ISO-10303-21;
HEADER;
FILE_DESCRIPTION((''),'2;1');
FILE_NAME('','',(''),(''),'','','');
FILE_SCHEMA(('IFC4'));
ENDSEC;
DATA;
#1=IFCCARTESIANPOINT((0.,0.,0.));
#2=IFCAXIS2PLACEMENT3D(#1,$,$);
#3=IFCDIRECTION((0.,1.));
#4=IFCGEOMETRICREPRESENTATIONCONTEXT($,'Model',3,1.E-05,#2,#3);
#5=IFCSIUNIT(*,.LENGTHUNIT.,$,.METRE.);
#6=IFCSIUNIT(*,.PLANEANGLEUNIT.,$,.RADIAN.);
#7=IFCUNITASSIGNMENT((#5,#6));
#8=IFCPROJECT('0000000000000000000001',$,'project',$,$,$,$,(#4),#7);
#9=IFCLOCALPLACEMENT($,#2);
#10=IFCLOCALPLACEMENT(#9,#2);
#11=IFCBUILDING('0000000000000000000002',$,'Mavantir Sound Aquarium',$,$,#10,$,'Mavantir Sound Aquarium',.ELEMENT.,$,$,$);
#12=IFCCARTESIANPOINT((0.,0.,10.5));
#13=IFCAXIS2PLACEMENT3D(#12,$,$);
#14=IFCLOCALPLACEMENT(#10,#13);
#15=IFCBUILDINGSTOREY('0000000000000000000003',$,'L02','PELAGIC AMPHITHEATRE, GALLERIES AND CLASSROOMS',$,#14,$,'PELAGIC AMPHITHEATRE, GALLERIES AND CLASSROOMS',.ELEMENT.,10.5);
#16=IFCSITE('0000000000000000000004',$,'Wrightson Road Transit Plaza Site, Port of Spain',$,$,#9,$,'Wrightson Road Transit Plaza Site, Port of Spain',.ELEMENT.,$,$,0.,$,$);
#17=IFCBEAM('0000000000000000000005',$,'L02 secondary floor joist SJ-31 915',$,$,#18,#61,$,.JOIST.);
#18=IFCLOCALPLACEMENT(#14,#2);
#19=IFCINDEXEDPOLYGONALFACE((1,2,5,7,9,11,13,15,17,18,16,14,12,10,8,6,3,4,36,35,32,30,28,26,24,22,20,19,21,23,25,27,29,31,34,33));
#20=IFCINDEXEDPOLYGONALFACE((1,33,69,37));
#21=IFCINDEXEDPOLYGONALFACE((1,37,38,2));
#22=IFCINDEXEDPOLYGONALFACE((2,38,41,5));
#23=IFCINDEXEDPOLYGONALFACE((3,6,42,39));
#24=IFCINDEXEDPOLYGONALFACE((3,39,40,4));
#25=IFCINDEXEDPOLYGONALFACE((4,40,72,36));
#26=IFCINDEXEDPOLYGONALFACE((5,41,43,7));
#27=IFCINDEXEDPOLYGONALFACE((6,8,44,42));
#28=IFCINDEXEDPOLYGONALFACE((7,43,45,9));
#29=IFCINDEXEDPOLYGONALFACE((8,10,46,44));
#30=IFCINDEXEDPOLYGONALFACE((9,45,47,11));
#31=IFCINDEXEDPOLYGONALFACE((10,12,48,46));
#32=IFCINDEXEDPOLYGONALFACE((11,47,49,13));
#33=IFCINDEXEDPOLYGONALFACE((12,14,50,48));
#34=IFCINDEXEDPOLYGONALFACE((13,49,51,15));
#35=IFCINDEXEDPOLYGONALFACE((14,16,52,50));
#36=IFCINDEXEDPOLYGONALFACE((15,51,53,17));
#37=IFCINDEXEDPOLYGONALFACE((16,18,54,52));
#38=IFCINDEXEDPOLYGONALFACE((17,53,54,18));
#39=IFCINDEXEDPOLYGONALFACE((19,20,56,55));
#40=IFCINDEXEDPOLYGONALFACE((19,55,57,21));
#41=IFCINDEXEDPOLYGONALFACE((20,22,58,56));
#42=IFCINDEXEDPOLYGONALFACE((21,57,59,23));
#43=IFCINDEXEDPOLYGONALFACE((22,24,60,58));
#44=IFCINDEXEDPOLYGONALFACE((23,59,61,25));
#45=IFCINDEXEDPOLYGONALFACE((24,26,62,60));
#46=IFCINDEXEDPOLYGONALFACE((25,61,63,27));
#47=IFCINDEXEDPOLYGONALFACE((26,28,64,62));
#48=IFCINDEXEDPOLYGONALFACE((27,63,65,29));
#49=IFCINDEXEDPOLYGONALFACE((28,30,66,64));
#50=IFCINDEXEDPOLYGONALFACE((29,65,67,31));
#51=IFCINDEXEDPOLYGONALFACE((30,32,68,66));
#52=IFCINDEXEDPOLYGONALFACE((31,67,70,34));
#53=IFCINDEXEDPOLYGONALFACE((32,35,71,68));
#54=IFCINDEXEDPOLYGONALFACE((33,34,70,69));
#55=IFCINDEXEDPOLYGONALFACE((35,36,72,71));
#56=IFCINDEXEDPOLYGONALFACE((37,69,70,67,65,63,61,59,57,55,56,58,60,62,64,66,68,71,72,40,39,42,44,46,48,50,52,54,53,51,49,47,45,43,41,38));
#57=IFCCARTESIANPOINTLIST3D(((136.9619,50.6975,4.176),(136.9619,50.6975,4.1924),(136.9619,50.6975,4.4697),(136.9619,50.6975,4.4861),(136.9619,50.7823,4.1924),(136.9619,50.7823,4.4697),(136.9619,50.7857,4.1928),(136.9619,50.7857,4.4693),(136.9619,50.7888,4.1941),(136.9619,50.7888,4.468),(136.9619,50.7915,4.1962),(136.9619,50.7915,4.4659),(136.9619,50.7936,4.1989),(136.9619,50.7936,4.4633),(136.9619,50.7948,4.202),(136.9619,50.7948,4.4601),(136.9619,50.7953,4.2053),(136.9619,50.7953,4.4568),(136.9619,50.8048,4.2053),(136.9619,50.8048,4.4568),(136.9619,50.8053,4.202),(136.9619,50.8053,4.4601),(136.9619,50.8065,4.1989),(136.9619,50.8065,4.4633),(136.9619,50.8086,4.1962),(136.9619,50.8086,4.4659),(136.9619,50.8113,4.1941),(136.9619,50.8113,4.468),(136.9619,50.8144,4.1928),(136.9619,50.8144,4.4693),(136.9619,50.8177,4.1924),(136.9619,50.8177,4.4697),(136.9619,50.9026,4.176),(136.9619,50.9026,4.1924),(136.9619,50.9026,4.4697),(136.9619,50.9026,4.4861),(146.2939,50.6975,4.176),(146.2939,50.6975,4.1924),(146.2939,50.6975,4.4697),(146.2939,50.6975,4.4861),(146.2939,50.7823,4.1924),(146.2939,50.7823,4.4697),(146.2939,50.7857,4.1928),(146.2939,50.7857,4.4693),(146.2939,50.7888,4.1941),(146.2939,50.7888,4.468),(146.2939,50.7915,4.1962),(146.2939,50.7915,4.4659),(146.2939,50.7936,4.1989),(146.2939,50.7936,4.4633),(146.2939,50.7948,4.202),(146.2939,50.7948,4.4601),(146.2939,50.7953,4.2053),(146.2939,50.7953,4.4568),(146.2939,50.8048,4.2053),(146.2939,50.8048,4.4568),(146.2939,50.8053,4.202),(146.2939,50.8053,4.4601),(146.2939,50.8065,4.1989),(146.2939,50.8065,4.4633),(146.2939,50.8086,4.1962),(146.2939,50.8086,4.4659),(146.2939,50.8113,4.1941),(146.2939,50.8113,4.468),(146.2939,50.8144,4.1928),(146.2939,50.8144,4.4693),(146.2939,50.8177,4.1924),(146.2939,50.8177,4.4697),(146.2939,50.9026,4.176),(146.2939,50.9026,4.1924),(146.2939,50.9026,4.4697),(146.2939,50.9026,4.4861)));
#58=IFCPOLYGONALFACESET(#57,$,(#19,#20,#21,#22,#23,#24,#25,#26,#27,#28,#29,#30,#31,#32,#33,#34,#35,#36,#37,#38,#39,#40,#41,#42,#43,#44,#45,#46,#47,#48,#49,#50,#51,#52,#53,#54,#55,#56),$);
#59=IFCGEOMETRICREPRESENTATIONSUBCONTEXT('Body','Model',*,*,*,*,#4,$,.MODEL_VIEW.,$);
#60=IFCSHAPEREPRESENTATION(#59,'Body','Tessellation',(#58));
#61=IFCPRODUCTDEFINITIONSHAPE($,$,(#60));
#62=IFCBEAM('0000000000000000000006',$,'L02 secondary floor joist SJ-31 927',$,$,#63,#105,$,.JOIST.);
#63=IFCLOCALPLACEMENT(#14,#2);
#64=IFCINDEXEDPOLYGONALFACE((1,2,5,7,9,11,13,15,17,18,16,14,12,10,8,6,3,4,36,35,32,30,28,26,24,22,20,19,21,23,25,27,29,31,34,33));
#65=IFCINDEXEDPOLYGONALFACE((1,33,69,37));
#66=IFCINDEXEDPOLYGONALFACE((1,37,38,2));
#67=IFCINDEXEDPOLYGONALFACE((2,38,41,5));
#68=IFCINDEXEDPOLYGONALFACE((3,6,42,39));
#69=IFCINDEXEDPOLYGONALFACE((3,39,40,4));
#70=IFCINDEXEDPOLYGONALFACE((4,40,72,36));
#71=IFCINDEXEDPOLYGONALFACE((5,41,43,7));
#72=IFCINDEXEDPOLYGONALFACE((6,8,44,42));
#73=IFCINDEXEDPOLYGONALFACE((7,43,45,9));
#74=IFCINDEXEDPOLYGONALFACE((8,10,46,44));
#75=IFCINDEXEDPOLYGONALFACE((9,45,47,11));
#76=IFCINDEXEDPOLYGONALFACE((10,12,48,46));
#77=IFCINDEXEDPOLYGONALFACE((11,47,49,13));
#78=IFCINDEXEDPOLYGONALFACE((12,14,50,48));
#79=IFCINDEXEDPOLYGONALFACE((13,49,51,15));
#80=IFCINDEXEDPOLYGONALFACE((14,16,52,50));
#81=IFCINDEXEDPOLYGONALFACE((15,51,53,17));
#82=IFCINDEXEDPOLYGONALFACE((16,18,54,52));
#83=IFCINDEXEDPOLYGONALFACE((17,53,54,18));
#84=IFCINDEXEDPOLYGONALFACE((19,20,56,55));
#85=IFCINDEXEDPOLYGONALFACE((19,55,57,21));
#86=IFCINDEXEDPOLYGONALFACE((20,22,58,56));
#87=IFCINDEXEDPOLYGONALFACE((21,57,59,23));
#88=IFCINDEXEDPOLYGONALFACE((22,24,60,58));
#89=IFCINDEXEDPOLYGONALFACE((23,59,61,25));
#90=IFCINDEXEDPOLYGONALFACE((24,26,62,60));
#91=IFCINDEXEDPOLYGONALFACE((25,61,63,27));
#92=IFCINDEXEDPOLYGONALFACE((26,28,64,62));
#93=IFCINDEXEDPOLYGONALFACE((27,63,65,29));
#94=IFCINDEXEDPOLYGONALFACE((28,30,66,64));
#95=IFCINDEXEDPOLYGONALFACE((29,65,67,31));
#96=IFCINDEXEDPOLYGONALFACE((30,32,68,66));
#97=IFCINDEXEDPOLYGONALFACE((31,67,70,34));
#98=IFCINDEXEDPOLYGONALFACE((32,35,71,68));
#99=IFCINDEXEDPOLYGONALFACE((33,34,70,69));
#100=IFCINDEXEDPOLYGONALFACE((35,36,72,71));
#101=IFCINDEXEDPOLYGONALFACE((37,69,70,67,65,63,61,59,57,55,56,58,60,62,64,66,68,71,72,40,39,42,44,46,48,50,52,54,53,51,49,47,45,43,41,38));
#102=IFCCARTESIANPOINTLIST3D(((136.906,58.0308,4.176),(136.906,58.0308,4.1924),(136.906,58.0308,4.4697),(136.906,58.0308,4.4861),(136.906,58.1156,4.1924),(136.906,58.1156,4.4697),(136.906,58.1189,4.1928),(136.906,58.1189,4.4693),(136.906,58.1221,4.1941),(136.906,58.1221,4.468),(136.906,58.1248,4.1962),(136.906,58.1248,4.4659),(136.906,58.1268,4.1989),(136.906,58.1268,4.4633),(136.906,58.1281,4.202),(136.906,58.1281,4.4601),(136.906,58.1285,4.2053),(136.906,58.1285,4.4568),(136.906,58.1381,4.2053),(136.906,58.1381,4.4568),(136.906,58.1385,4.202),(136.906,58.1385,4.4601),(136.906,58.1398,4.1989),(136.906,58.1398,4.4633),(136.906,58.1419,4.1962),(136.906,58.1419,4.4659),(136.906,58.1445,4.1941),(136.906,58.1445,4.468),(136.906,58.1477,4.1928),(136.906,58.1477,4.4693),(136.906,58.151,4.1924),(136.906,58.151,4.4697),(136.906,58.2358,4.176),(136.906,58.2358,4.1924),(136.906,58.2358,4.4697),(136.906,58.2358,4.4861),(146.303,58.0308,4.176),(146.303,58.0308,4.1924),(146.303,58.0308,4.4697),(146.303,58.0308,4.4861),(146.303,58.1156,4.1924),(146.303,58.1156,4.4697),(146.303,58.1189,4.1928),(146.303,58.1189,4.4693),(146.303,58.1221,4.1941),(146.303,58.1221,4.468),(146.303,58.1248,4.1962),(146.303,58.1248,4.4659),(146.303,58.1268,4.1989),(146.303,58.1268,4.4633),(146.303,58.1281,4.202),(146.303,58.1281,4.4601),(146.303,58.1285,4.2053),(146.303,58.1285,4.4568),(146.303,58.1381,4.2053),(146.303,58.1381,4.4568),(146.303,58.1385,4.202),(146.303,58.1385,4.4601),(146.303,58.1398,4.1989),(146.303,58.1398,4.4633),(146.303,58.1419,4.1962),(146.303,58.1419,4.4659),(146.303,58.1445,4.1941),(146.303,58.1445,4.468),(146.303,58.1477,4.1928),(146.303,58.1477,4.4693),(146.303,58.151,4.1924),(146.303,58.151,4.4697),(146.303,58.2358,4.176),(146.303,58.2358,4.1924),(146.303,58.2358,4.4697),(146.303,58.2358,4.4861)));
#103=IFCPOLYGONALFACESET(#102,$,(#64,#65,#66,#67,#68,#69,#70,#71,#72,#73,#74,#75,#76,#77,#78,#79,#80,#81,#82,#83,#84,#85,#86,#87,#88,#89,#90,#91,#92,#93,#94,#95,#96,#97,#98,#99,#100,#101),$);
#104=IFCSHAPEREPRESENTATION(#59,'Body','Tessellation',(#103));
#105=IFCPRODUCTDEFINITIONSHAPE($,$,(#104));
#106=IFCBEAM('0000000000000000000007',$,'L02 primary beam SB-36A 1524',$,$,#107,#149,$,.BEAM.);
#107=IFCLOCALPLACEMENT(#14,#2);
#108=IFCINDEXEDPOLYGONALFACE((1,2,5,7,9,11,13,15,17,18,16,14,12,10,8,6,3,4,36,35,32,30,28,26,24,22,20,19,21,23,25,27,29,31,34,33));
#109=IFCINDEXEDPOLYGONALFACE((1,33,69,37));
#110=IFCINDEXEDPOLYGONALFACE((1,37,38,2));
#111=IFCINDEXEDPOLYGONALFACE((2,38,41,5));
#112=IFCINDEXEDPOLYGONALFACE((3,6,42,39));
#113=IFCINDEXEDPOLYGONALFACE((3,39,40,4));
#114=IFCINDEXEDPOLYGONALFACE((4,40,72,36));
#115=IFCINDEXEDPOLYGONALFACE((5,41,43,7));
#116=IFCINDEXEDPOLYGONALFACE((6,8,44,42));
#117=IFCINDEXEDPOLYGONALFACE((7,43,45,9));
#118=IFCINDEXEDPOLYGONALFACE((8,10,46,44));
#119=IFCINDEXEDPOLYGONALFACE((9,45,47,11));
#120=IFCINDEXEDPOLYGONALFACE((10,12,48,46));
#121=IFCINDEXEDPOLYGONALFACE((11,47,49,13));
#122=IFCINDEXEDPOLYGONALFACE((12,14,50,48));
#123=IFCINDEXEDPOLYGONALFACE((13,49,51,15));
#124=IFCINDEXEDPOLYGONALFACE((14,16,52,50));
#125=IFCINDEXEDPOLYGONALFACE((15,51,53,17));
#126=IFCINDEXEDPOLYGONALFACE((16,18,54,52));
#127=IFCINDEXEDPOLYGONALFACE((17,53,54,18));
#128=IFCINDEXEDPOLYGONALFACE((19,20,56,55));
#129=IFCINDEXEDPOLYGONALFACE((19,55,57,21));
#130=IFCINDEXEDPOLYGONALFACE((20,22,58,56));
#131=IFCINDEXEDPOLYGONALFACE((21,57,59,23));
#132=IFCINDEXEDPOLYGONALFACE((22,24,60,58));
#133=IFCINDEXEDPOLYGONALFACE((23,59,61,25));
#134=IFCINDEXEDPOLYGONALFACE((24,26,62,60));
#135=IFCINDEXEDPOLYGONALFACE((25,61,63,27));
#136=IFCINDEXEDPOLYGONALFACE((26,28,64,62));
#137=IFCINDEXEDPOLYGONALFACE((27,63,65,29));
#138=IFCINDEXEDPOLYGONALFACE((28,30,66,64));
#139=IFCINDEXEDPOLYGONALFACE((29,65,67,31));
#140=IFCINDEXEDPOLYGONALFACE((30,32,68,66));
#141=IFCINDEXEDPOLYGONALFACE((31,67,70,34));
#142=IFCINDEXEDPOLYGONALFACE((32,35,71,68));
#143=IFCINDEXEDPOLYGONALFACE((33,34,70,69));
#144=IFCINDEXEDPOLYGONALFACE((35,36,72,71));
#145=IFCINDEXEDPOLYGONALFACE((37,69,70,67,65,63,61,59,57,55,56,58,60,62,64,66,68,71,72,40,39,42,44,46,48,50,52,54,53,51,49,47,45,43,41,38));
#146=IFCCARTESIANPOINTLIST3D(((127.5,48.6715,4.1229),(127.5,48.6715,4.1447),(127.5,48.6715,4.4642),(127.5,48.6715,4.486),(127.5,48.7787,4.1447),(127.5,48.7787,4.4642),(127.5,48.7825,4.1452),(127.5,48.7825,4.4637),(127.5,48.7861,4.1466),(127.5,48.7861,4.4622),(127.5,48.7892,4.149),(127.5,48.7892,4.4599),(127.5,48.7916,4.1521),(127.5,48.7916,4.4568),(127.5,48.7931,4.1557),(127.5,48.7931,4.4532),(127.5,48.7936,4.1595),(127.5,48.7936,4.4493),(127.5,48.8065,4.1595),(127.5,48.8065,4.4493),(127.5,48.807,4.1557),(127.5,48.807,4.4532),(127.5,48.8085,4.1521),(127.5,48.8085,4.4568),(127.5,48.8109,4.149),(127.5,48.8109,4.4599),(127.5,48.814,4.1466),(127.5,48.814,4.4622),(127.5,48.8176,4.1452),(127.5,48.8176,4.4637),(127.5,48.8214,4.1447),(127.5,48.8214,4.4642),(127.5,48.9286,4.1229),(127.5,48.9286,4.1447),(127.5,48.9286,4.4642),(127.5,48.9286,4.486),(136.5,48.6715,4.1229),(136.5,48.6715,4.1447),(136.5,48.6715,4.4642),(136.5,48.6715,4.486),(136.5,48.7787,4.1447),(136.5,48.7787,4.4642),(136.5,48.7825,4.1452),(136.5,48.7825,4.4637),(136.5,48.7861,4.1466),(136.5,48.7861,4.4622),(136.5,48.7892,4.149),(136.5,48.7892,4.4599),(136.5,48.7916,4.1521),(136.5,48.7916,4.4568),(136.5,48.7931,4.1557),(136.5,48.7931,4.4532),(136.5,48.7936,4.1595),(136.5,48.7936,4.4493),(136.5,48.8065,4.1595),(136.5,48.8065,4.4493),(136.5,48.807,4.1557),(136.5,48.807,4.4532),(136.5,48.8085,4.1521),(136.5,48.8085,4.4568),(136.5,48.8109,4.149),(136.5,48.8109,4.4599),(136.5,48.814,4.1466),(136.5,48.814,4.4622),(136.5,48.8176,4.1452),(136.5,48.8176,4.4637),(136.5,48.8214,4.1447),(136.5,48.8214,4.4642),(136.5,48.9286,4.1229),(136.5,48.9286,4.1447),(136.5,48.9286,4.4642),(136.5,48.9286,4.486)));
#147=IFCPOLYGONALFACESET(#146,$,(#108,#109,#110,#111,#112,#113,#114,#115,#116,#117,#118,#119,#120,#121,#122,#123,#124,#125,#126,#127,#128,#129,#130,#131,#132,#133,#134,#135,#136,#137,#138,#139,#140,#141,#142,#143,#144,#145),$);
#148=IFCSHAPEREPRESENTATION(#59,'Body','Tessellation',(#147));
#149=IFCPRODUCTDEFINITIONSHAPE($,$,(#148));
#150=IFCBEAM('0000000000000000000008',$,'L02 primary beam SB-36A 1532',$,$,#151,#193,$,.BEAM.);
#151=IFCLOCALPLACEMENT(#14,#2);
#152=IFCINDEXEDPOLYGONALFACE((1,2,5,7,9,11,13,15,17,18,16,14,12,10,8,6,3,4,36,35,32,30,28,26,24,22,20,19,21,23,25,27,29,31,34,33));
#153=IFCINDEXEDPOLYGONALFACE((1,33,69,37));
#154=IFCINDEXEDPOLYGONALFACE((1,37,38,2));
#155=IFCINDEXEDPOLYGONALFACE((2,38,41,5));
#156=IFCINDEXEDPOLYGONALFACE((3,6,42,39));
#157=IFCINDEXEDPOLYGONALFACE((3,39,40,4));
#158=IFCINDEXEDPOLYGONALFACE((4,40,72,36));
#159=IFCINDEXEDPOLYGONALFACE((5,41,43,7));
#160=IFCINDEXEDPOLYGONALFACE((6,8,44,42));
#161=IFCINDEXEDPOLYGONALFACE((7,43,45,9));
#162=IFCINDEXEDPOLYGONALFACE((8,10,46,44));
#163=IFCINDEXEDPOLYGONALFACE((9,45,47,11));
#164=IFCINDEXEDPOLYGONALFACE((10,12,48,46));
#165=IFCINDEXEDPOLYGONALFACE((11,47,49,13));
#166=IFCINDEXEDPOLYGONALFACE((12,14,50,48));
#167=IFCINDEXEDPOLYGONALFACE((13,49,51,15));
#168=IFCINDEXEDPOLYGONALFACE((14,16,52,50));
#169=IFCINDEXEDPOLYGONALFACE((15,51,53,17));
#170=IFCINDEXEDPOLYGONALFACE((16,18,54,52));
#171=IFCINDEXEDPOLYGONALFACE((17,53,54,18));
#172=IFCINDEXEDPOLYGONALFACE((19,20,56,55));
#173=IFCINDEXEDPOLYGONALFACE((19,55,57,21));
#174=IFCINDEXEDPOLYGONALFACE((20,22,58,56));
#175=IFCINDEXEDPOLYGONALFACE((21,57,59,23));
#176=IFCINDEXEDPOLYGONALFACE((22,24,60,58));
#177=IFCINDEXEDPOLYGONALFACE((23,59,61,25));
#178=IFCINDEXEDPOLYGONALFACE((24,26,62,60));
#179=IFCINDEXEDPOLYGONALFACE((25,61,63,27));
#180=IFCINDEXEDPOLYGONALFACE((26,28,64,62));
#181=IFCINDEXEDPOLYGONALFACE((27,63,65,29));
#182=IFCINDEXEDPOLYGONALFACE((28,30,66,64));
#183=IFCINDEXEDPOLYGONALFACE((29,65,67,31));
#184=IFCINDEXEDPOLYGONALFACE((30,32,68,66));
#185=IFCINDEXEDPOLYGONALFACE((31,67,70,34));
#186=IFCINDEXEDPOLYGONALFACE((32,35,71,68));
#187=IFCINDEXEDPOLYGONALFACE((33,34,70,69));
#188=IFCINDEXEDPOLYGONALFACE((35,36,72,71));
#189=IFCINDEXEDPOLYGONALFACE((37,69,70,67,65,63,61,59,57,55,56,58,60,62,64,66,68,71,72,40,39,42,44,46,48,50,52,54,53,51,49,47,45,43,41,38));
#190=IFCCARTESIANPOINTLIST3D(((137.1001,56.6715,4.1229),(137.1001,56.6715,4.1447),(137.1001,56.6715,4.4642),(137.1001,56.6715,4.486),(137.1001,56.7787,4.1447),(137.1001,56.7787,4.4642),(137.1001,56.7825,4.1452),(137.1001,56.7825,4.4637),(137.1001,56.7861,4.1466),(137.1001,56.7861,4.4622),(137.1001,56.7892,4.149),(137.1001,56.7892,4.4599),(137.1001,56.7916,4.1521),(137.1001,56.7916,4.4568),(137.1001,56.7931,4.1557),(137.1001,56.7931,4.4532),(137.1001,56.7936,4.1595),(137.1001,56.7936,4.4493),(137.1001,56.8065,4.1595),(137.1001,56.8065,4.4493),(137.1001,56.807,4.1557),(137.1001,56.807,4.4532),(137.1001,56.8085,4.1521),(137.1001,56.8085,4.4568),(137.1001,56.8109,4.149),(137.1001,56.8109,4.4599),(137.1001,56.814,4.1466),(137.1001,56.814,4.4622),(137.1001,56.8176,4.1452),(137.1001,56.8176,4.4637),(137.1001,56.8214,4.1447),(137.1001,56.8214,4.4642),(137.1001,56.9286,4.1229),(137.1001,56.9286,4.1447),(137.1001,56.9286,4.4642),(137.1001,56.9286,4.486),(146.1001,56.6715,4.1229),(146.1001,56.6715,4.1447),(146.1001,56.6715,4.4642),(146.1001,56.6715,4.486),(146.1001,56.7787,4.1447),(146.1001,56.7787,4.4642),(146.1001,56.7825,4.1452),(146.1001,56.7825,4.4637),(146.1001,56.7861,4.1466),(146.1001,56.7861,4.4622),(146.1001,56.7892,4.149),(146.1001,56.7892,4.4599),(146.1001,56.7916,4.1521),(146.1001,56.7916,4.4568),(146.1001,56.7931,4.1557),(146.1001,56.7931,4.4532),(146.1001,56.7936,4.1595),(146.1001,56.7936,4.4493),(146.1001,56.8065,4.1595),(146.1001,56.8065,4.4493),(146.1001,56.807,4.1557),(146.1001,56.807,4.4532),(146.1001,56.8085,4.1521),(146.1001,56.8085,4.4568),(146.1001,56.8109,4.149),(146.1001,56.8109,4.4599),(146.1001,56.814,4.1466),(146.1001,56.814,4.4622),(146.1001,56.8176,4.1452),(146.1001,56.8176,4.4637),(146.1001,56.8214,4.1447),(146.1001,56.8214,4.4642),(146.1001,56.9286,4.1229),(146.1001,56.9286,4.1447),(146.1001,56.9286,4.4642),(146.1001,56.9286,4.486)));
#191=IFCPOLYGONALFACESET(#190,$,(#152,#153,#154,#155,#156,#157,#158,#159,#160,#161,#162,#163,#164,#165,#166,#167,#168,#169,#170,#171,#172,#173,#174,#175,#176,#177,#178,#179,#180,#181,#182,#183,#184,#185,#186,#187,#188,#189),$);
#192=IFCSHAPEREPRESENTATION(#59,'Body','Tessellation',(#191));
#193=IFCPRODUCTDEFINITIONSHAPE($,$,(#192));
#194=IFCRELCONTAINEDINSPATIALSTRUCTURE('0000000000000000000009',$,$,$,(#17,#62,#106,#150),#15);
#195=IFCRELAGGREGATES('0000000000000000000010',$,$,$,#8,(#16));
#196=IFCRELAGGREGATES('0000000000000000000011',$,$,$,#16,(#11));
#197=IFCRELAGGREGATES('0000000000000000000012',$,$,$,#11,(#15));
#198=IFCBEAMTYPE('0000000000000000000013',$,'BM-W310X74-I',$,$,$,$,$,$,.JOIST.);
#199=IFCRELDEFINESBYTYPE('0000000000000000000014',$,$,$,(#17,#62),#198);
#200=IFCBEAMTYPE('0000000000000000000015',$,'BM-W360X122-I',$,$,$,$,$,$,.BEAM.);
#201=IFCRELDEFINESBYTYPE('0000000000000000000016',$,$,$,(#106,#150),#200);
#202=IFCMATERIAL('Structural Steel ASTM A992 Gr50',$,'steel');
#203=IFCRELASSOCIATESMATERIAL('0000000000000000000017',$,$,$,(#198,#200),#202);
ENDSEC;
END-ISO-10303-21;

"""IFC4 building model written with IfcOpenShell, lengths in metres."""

from ifc_helpers import new_model, si_unit, direction, frame, origin, origin_2d, place, context, subcontext, project, spatial, i_section, extrude, material, material_profile, profile_set, type_object, element, save


model = new_model("IFC4")

# Units and contexts
model_context = context("Model", 3, precision=1e-05, world=origin(), true_north=direction((0.0, 1.0)))
body_context = subcontext(model_context, "Body", "Model", "MODEL_VIEW")
ifc_project = project(units=[si_unit("LENGTHUNIT", "METRE"), si_unit("PLANEANGLEUNIT", "RADIAN")], contexts=[model_context])

# Site, building, storey
site_placement = place(None, origin())
site = spatial("IfcSite", under=ifc_project, at=site_placement, Name="Wrightson Road Transit Plaza Site, Port of Spain", LongName="Wrightson Road Transit Plaza Site, Port of Spain", CompositionType="ELEMENT", RefElevation=0.0)
building_placement = place(site_placement, origin())
building = spatial("IfcBuilding", under=site, at=building_placement, Name="Mavantir Sound Aquarium", LongName="Mavantir Sound Aquarium", CompositionType="ELEMENT")
storey_placement = place(building_placement, frame((0.0, 0.0, 10.5)))
storey = spatial("IfcBuildingStorey", under=building, at=storey_placement, Name="L02", Description="PELAGIC AMPHITHEATRE, GALLERIES AND CLASSROOMS", LongName="PELAGIC AMPHITHEATRE, GALLERIES AND CLASSROOMS", CompositionType="ELEMENT", Elevation=10.5)

# Beams
ifc_material_1 = material(Name="Structural Steel ASTM A992 Gr50", Category="steel")
ifc_material_profile_1 = material_profile(ifc_material_1, i_section(OverallWidth=0.2051, OverallDepth=0.3101, WebThickness=0.0095, FlangeThickness=0.0164, FilletRadius=0.0129, at=origin_2d()), Name="W310X74")
ifc_profile_set_1 = profile_set([ifc_material_profile_1], Name="Structural Steel ASTM A992 Gr50")
beam_type_1 = type_object("IfcBeamType", Name="BM-W310X74-I", PredefinedType="JOIST", material=ifc_profile_set_1)
beam_1_placement = place(storey_placement, frame((136.9619, 50.8, 4.3311), z_axis=(1.0, 0.0, 0.0), x_axis=(0.0, 1.0, 0.0)))
element("IfcBeam", 1, at=beam_1_placement, inside=storey, type_object=beam_type_1, Name="L02 secondary floor joist SJ-31 915", PredefinedType="JOIST", context=body_context, shape_type="SweptSolid", body=[
    extrude(i_section(OverallWidth=0.2051, OverallDepth=0.3101, WebThickness=0.0095, FlangeThickness=0.0164, FilletRadius=0.0129, at=origin_2d()), origin(), (0.0, 0.0, 1.0), 9.332),
])
beam_2_placement = place(storey_placement, frame((136.906, 58.1333, 4.3311), z_axis=(1.0, 0.0, 0.0), x_axis=(0.0, 1.0, 0.0)))
element("IfcBeam", 2, at=beam_2_placement, inside=storey, type_object=beam_type_1, Name="L02 secondary floor joist SJ-31 927", PredefinedType="JOIST", context=body_context, shape_type="SweptSolid", body=[
    extrude(i_section(OverallWidth=0.2051, OverallDepth=0.3101, WebThickness=0.0095, FlangeThickness=0.0164, FilletRadius=0.0129, at=origin_2d()), origin(), (0.0, 0.0, 1.0), 9.397),
])
ifc_material_profile_2 = material_profile(ifc_material_1, i_section(OverallWidth=0.2571, OverallDepth=0.363, WebThickness=0.0129, FlangeThickness=0.0217, FilletRadius=0.0149, at=origin_2d()), Name="W360X122")
ifc_profile_set_2 = profile_set([ifc_material_profile_2], Name="Structural Steel ASTM A992 Gr50")
beam_type_2 = type_object("IfcBeamType", Name="BM-W360X122-I", PredefinedType="BEAM", material=ifc_profile_set_2)
for number, where, z_axis, x_axis, name in (
    (3, (127.5, 48.8, 4.3044), (1.0, 0.0, 0.0), (0.0, 1.0, 0.0), "L02 primary beam SB-36A 1524"),
    (4, (137.1001, 56.8, 4.3044), (1.0, 0.0, 0.0), (0.0, 1.0, 0.0), "L02 primary beam SB-36A 1532"),
):
    element("IfcBeam", number, at=place(storey_placement, frame(where, z_axis=z_axis, x_axis=x_axis)), inside=storey, type_object=beam_type_2, Name=name, PredefinedType="BEAM", context=body_context, shape_type="SweptSolid", body=[
        extrude(i_section(OverallWidth=0.2571, OverallDepth=0.363, WebThickness=0.0129, FlangeThickness=0.0217, FilletRadius=0.0149, at=origin_2d()), origin(), (0.0, 0.0, 1.0), 9.0),
    ])

save(model, "model.ifc")
